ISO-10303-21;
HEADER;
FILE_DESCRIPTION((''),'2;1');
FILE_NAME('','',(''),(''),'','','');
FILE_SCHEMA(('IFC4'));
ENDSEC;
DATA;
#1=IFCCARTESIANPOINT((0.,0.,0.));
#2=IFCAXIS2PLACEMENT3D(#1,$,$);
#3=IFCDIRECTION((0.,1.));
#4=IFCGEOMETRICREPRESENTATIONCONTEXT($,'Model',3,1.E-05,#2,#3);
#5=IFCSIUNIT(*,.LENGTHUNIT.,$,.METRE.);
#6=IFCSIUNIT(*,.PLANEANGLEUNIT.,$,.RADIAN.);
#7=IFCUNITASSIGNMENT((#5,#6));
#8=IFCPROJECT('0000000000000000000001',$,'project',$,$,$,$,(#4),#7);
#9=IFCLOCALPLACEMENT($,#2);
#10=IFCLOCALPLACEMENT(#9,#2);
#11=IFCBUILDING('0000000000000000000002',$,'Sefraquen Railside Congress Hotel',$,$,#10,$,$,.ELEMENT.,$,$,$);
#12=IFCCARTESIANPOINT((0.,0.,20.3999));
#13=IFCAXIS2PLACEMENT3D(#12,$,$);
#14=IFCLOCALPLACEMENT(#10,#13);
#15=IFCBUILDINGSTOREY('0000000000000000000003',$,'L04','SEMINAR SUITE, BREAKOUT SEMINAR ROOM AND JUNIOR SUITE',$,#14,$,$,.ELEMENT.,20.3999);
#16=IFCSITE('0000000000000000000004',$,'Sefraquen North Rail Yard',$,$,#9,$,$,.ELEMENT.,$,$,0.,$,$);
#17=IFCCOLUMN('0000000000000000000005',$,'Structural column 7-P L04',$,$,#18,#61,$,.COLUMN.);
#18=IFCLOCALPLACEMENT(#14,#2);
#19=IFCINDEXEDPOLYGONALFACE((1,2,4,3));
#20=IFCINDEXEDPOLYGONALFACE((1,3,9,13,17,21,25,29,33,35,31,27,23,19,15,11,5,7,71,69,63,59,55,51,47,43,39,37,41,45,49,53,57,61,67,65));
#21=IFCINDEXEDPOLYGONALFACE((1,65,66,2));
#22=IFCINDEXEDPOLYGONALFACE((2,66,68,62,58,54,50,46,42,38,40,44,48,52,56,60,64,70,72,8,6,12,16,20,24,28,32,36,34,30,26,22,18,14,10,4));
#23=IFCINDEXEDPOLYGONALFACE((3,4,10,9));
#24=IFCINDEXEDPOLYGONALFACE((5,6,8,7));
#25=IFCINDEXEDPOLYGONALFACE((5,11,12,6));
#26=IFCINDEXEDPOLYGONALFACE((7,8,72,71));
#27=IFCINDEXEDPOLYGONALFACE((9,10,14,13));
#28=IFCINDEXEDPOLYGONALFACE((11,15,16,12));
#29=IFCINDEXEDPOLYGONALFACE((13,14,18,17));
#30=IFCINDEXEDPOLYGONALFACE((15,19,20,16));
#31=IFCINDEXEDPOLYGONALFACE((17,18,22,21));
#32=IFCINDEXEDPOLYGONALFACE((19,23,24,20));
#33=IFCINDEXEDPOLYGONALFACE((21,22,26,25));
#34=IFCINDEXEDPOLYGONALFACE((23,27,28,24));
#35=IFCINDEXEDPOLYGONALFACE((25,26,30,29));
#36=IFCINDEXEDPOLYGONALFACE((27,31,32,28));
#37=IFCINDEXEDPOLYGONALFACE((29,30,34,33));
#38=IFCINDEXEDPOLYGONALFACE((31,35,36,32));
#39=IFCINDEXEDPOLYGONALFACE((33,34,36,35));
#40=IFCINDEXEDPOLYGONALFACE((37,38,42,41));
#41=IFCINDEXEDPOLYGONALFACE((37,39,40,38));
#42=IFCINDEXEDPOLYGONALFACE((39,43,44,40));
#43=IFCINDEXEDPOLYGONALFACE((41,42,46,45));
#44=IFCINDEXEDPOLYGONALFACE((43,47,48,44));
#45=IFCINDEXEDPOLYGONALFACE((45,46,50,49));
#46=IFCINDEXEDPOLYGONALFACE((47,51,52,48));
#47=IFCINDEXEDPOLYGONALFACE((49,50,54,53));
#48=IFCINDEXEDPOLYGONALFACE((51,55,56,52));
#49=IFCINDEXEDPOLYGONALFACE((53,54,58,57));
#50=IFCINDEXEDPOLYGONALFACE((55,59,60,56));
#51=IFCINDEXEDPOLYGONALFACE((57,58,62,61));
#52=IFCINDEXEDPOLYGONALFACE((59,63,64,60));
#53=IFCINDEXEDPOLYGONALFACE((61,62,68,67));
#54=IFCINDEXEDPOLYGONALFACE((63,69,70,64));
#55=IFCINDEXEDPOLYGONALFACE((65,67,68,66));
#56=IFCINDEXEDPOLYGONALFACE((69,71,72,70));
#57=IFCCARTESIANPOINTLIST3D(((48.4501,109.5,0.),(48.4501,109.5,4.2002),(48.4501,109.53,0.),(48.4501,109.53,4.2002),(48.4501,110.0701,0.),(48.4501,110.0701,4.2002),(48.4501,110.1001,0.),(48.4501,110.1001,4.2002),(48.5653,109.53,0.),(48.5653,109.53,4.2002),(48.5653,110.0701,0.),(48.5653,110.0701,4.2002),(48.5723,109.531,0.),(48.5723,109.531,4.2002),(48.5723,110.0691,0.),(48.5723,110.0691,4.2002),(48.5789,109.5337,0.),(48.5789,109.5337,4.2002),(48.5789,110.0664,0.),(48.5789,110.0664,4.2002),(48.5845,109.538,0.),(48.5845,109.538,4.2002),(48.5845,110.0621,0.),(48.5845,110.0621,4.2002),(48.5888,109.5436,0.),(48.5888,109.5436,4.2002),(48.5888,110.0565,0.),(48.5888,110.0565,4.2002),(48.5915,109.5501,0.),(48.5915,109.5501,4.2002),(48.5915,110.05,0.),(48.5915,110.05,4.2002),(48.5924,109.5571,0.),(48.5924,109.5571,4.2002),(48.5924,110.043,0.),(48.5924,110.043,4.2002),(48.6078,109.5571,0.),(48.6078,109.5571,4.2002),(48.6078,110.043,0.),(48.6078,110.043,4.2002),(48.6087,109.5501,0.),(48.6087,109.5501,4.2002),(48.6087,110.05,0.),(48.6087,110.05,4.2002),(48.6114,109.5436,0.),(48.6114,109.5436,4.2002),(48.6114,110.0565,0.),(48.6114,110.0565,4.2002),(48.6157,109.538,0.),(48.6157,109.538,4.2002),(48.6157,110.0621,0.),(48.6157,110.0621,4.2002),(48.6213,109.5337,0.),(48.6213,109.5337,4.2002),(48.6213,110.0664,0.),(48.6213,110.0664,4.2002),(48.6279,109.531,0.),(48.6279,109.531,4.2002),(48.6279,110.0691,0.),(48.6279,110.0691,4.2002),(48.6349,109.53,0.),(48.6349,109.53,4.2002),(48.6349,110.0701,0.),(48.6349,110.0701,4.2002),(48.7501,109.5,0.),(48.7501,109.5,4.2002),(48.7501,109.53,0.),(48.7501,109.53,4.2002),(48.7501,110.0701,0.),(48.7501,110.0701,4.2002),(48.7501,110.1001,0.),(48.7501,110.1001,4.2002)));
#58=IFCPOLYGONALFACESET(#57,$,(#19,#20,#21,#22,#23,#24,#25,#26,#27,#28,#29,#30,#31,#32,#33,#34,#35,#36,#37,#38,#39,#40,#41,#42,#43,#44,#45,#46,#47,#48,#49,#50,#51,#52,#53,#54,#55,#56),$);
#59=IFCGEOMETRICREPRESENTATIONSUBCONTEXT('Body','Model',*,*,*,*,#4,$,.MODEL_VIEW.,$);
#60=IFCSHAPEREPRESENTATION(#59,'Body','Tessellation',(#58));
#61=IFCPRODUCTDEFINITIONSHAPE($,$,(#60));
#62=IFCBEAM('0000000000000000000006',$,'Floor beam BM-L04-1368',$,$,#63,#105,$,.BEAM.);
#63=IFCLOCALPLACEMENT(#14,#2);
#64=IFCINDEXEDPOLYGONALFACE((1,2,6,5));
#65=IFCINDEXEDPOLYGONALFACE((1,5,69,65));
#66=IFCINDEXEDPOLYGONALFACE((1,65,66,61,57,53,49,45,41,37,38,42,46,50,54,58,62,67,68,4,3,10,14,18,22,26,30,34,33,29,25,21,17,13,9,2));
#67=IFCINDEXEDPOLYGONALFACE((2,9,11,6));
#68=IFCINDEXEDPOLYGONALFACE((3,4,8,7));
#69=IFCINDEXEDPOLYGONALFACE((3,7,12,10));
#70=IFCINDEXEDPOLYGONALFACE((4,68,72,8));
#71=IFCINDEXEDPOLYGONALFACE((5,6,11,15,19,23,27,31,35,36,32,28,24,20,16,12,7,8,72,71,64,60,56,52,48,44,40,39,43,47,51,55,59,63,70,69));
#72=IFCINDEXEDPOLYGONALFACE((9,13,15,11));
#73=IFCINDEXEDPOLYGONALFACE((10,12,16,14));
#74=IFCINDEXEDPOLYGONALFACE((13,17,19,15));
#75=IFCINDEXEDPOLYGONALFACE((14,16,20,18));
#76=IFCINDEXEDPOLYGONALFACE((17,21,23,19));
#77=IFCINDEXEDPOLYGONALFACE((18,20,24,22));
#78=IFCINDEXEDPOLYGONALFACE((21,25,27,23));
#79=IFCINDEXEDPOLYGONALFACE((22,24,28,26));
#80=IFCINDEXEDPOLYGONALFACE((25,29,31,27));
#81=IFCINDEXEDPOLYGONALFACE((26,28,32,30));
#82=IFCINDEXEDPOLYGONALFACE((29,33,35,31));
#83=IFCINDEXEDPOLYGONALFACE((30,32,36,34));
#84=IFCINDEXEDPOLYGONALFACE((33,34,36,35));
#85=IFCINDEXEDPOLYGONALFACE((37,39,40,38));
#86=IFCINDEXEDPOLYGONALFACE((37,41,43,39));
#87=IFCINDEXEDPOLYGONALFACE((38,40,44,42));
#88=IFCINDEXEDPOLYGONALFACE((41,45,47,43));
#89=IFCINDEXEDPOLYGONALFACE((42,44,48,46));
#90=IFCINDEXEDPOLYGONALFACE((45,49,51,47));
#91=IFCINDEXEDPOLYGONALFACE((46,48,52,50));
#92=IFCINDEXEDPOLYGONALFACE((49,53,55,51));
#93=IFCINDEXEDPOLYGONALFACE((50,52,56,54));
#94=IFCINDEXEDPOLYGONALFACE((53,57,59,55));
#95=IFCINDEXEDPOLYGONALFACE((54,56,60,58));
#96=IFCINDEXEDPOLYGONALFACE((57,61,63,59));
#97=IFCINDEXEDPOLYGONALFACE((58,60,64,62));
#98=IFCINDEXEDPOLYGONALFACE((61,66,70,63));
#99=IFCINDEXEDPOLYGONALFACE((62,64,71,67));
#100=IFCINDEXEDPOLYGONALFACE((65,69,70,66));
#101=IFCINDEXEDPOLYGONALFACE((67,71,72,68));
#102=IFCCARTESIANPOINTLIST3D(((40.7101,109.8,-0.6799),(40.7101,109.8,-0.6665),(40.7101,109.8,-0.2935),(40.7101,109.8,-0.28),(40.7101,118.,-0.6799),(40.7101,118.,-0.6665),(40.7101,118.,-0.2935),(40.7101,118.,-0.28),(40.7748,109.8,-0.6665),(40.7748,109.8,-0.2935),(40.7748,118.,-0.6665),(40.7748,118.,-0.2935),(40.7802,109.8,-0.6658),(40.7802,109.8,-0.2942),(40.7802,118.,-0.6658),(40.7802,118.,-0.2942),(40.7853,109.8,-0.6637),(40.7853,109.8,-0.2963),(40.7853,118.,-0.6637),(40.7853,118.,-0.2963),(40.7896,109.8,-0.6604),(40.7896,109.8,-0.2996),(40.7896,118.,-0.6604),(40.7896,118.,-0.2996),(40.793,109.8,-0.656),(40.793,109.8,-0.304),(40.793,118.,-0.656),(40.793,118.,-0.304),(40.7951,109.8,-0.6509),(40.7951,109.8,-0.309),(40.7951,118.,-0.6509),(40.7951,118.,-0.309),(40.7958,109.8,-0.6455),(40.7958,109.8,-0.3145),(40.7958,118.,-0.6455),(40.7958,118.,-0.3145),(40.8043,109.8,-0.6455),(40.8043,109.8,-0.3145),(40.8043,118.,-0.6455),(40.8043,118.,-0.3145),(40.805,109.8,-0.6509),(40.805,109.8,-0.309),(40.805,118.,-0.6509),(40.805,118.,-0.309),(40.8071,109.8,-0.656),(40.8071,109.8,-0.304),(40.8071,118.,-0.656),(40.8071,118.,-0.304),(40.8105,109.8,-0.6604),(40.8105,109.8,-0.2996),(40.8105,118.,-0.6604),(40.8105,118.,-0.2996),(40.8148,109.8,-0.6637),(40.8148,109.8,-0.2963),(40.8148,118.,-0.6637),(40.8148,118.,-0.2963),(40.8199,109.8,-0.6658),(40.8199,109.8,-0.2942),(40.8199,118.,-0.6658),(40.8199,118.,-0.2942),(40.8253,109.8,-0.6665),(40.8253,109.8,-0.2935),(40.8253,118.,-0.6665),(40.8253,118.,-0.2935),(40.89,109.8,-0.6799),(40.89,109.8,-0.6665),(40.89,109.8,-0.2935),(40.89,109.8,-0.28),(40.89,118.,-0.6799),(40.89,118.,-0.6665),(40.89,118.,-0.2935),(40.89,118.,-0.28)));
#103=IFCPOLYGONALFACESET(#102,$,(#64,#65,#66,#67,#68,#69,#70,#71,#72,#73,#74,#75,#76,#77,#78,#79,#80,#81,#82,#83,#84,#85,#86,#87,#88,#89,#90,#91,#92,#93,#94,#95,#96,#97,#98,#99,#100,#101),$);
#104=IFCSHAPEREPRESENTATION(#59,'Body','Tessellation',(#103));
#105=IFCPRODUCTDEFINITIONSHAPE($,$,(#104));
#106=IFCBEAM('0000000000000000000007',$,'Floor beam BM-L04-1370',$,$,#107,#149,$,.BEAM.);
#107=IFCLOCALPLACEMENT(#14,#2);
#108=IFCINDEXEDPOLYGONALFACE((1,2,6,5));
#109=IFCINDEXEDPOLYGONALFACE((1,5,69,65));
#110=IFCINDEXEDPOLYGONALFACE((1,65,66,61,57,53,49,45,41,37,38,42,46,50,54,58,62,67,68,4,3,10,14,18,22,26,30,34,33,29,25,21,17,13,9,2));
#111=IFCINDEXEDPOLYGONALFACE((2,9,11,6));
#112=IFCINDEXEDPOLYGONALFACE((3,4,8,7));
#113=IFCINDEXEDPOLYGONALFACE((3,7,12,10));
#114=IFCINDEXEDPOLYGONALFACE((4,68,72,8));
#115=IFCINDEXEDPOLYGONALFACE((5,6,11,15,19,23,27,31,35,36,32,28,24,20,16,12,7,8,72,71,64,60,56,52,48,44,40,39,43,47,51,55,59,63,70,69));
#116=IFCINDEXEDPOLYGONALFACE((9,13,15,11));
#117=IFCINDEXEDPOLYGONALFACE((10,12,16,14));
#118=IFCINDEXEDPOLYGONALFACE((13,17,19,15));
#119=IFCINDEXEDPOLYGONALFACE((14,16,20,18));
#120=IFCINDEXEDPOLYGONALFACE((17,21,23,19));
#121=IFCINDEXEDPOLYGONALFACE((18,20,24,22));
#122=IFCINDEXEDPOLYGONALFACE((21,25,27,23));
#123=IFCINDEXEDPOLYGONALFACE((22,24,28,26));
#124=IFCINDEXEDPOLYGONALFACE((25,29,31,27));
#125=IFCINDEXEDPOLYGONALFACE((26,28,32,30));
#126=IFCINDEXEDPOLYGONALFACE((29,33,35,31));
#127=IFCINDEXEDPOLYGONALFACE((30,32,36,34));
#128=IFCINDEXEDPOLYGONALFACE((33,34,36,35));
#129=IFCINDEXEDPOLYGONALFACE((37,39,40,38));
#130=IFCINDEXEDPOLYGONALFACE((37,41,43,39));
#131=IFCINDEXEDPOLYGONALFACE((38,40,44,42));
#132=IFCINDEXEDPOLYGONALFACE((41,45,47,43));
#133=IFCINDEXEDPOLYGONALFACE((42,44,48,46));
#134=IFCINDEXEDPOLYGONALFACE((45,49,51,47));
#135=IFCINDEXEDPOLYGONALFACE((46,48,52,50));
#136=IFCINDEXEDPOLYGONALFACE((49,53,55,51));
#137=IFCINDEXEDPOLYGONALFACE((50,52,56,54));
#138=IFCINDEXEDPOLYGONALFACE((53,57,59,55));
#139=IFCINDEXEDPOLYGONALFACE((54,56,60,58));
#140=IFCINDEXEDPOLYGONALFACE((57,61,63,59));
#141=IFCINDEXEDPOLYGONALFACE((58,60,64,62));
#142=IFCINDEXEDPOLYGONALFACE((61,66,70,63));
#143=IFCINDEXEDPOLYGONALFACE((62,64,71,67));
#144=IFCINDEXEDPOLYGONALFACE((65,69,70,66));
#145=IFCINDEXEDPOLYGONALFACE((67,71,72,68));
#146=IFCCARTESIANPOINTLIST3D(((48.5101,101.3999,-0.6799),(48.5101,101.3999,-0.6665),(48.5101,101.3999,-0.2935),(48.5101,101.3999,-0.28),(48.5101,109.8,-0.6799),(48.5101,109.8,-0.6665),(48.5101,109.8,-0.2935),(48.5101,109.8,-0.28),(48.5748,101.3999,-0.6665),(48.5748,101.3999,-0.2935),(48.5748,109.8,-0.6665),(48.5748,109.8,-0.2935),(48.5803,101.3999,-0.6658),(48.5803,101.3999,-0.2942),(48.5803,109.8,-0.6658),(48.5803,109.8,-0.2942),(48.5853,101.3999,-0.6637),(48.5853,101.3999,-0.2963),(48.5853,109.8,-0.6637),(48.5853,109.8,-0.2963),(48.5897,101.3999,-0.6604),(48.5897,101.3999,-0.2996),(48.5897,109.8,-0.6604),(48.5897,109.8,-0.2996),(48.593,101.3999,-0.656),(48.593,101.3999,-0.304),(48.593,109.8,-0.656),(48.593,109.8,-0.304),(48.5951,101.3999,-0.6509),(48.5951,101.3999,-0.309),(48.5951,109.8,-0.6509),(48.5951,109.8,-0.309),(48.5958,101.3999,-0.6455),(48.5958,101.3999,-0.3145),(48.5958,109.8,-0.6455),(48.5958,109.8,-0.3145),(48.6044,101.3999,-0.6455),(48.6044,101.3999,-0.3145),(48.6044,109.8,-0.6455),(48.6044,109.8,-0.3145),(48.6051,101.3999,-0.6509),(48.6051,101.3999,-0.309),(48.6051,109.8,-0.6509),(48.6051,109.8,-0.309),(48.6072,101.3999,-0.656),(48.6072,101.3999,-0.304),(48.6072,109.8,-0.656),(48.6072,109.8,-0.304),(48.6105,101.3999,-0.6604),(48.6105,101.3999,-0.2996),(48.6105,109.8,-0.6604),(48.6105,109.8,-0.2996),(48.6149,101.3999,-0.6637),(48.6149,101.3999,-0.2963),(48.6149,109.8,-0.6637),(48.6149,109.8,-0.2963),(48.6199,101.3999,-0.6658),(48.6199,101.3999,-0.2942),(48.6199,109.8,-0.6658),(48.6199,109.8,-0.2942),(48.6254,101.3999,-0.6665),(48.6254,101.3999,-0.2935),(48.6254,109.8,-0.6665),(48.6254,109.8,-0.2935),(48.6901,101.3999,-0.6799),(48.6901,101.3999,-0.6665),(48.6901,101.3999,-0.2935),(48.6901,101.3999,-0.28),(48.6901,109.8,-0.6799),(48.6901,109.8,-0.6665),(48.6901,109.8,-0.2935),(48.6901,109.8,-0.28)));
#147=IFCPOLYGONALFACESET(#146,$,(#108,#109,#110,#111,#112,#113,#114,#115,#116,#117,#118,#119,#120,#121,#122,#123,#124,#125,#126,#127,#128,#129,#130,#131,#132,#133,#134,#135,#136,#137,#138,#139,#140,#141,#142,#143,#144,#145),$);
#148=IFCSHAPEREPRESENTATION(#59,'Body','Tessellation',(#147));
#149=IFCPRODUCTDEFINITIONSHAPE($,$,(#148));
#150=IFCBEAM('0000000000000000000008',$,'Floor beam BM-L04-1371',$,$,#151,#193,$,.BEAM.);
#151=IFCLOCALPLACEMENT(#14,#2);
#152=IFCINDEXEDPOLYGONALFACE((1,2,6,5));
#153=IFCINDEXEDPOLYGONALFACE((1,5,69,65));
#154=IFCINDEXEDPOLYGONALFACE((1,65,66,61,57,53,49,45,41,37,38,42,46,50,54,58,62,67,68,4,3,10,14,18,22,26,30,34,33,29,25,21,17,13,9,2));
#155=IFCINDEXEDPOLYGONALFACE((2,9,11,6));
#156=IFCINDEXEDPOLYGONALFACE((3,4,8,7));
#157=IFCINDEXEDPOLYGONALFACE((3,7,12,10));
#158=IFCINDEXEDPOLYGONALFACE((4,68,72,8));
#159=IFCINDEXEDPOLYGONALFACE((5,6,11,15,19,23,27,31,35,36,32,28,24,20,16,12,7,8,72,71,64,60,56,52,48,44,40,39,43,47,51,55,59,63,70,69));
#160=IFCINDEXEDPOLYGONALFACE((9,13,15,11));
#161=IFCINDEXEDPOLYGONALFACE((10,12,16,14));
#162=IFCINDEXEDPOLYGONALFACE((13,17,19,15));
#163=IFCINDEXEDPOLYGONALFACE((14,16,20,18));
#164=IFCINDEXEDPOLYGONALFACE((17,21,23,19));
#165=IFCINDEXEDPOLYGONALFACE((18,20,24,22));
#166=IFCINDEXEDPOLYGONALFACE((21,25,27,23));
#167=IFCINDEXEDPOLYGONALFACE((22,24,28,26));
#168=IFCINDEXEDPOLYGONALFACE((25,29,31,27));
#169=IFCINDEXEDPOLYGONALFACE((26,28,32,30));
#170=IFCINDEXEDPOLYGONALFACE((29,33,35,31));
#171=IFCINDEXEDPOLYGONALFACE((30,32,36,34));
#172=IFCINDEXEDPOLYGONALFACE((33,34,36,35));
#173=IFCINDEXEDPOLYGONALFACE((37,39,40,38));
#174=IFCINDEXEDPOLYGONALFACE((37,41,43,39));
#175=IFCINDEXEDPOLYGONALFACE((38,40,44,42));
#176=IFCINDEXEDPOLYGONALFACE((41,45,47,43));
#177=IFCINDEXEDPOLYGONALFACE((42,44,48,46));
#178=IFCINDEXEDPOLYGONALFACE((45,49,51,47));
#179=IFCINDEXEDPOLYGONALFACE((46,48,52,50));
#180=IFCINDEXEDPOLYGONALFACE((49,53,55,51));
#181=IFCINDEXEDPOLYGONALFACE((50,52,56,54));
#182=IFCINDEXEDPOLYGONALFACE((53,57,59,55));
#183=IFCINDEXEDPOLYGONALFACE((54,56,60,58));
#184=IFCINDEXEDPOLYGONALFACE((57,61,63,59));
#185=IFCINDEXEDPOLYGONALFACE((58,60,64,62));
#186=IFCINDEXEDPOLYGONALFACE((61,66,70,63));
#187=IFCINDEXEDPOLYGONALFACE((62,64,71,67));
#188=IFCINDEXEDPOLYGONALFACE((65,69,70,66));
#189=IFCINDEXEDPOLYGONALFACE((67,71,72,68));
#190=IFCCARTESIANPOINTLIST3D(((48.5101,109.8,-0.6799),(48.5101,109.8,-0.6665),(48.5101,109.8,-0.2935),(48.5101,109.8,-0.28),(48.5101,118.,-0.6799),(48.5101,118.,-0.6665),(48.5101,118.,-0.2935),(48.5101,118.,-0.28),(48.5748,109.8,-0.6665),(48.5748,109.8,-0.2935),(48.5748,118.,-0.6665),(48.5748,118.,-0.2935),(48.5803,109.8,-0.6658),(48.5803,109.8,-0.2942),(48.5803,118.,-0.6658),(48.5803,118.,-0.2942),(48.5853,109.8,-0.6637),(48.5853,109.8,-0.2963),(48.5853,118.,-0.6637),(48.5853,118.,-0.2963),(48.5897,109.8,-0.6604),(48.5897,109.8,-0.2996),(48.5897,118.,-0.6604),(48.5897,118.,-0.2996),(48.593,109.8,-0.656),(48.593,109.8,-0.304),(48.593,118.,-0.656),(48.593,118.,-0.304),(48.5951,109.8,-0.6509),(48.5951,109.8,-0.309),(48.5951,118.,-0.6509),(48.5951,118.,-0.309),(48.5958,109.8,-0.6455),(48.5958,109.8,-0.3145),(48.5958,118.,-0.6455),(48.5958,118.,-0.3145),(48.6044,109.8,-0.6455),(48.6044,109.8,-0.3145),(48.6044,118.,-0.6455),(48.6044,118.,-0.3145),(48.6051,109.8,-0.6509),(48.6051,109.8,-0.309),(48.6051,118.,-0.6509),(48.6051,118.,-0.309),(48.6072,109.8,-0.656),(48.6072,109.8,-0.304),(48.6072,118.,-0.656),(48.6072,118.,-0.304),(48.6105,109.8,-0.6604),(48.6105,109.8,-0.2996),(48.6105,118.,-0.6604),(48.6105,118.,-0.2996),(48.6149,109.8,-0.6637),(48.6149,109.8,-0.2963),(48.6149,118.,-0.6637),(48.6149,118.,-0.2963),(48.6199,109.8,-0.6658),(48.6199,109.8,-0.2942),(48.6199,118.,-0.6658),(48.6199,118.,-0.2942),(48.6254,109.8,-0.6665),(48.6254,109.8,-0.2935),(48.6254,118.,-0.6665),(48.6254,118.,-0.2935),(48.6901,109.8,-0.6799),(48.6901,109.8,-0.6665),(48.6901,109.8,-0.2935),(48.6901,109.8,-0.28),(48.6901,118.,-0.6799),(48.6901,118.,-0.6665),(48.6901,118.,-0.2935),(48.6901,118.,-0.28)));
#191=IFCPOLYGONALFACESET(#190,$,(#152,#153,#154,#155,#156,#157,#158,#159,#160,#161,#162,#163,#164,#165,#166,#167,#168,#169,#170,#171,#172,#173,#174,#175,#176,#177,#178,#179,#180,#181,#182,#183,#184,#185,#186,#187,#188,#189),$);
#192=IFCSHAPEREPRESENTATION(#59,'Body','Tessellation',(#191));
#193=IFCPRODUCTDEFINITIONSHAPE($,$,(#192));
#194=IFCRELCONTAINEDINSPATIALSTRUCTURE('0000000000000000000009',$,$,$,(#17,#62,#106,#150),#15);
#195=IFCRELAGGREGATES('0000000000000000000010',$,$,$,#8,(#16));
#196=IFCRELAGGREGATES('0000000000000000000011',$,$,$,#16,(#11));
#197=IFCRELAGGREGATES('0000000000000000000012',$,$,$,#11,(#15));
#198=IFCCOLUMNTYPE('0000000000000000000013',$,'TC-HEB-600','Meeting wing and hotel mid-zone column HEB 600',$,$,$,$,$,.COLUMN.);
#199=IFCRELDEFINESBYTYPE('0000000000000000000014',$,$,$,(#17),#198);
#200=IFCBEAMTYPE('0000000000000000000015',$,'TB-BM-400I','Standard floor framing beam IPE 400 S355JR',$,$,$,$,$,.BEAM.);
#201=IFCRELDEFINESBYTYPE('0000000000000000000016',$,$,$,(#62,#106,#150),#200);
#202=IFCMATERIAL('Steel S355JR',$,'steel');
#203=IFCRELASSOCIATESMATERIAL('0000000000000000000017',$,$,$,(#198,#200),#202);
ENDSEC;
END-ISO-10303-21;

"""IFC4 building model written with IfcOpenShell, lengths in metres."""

from ifc_helpers import new_model, si_unit, direction, frame, origin, origin_2d, place, context, subcontext, project, spatial, i_section, extrude, material, material_profile, profile_set, type_object, element, save


model = new_model("IFC4")

# Units and contexts
model_context = context("Model", 3, precision=1e-05, world=origin(), true_north=direction((0.0, 1.0)))
body_context = subcontext(model_context, "Body", "Model", "MODEL_VIEW")
ifc_project = project(units=[si_unit("LENGTHUNIT", "METRE"), si_unit("PLANEANGLEUNIT", "RADIAN")], contexts=[model_context])

# Site, building, storey
site_placement = place(None, origin())
site = spatial("IfcSite", under=ifc_project, at=site_placement, Name="Sefraquen North Rail Yard", CompositionType="ELEMENT", RefElevation=0.0)
building_placement = place(site_placement, origin())
building = spatial("IfcBuilding", under=site, at=building_placement, Name="Sefraquen Railside Congress Hotel", CompositionType="ELEMENT")
storey_placement = place(building_placement, frame((0.0, 0.0, 20.3999)))
storey = spatial("IfcBuildingStorey", under=building, at=storey_placement, Name="L04", Description="SEMINAR SUITE, BREAKOUT SEMINAR ROOM AND JUNIOR SUITE", CompositionType="ELEMENT", Elevation=20.3999)

# Column
ifc_material_1 = material(Name="Steel S355JR", Category="steel")
ifc_material_profile_1 = material_profile(ifc_material_1, i_section(OverallWidth=0.3, OverallDepth=0.6001, WebThickness=0.0154, FlangeThickness=0.03, FilletRadius=0.0271, at=origin_2d()), Name="HEB 600")
ifc_profile_set_1 = profile_set([ifc_material_profile_1], Name="Steel S355JR")
column_type_1 = type_object("IfcColumnType", Name="TC-HEB-600", Description="Meeting wing and hotel mid-zone column HEB 600", PredefinedType="COLUMN", material=ifc_profile_set_1)
column_placement = place(storey_placement, frame((48.6001, 109.8, 0.0), z_axis=(0.0, 0.0, 1.0), x_axis=(1.0, 0.0, 0.0)))
element("IfcColumn", 1, at=column_placement, inside=storey, type_object=column_type_1, Name="Structural column 7-P L04", PredefinedType="COLUMN", context=body_context, shape_type="SweptSolid", body=[
    extrude(i_section(OverallWidth=0.3, OverallDepth=0.6001, WebThickness=0.0154, FlangeThickness=0.03, FilletRadius=0.0271, at=origin_2d()), origin(), (0.0, 0.0, 1.0), 4.2002),
])

# Beams
ifc_material_profile_2 = material_profile(ifc_material_1, i_section(OverallWidth=0.1799, OverallDepth=0.3999, WebThickness=0.0085, FlangeThickness=0.0134, FilletRadius=0.021, at=origin_2d()), Name="IPE 400")
ifc_profile_set_2 = profile_set([ifc_material_profile_2], Name="Steel S355JR")
beam_type_1 = type_object("IfcBeamType", Name="TB-BM-400I", Description="Standard floor framing beam IPE 400 S355JR", PredefinedType="BEAM", material=ifc_profile_set_2)
beam_1_placement = place(storey_placement, frame((40.8, 109.8, -0.48), z_axis=(0.0, 1.0, 0.0), x_axis=(-1.0, 0.0, 0.0)))
element("IfcBeam", 2, at=beam_1_placement, inside=storey, type_object=beam_type_1, Name="Floor beam BM-L04-1368", PredefinedType="BEAM", context=body_context, shape_type="SweptSolid", body=[
    extrude(i_section(OverallWidth=0.1799, OverallDepth=0.3999, WebThickness=0.0085, FlangeThickness=0.0134, FilletRadius=0.021, at=origin_2d()), origin(), (0.0, 0.0, 1.0), 8.2),
])
beam_2_placement = place(storey_placement, frame((48.6001, 101.3999, -0.48), z_axis=(0.0, 1.0, 0.0), x_axis=(-1.0, 0.0, 0.0)))
element("IfcBeam", 3, at=beam_2_placement, inside=storey, type_object=beam_type_1, Name="Floor beam BM-L04-1370", PredefinedType="BEAM", context=body_context, shape_type="SweptSolid", body=[
    extrude(i_section(OverallWidth=0.1799, OverallDepth=0.3999, WebThickness=0.0085, FlangeThickness=0.0134, FilletRadius=0.021, at=origin_2d()), origin(), (0.0, 0.0, 1.0), 8.4001),
])
beam_3_placement = place(storey_placement, frame((48.6001, 109.8, -0.48), z_axis=(0.0, 1.0, 0.0), x_axis=(-1.0, 0.0, 0.0)))
element("IfcBeam", 4, at=beam_3_placement, inside=storey, type_object=beam_type_1, Name="Floor beam BM-L04-1371", PredefinedType="BEAM", context=body_context, shape_type="SweptSolid", body=[
    extrude(i_section(OverallWidth=0.1799, OverallDepth=0.3999, WebThickness=0.0085, FlangeThickness=0.0134, FilletRadius=0.021, at=origin_2d()), origin(), (0.0, 0.0, 1.0), 8.2),
])

save(model, "model.ifc")
